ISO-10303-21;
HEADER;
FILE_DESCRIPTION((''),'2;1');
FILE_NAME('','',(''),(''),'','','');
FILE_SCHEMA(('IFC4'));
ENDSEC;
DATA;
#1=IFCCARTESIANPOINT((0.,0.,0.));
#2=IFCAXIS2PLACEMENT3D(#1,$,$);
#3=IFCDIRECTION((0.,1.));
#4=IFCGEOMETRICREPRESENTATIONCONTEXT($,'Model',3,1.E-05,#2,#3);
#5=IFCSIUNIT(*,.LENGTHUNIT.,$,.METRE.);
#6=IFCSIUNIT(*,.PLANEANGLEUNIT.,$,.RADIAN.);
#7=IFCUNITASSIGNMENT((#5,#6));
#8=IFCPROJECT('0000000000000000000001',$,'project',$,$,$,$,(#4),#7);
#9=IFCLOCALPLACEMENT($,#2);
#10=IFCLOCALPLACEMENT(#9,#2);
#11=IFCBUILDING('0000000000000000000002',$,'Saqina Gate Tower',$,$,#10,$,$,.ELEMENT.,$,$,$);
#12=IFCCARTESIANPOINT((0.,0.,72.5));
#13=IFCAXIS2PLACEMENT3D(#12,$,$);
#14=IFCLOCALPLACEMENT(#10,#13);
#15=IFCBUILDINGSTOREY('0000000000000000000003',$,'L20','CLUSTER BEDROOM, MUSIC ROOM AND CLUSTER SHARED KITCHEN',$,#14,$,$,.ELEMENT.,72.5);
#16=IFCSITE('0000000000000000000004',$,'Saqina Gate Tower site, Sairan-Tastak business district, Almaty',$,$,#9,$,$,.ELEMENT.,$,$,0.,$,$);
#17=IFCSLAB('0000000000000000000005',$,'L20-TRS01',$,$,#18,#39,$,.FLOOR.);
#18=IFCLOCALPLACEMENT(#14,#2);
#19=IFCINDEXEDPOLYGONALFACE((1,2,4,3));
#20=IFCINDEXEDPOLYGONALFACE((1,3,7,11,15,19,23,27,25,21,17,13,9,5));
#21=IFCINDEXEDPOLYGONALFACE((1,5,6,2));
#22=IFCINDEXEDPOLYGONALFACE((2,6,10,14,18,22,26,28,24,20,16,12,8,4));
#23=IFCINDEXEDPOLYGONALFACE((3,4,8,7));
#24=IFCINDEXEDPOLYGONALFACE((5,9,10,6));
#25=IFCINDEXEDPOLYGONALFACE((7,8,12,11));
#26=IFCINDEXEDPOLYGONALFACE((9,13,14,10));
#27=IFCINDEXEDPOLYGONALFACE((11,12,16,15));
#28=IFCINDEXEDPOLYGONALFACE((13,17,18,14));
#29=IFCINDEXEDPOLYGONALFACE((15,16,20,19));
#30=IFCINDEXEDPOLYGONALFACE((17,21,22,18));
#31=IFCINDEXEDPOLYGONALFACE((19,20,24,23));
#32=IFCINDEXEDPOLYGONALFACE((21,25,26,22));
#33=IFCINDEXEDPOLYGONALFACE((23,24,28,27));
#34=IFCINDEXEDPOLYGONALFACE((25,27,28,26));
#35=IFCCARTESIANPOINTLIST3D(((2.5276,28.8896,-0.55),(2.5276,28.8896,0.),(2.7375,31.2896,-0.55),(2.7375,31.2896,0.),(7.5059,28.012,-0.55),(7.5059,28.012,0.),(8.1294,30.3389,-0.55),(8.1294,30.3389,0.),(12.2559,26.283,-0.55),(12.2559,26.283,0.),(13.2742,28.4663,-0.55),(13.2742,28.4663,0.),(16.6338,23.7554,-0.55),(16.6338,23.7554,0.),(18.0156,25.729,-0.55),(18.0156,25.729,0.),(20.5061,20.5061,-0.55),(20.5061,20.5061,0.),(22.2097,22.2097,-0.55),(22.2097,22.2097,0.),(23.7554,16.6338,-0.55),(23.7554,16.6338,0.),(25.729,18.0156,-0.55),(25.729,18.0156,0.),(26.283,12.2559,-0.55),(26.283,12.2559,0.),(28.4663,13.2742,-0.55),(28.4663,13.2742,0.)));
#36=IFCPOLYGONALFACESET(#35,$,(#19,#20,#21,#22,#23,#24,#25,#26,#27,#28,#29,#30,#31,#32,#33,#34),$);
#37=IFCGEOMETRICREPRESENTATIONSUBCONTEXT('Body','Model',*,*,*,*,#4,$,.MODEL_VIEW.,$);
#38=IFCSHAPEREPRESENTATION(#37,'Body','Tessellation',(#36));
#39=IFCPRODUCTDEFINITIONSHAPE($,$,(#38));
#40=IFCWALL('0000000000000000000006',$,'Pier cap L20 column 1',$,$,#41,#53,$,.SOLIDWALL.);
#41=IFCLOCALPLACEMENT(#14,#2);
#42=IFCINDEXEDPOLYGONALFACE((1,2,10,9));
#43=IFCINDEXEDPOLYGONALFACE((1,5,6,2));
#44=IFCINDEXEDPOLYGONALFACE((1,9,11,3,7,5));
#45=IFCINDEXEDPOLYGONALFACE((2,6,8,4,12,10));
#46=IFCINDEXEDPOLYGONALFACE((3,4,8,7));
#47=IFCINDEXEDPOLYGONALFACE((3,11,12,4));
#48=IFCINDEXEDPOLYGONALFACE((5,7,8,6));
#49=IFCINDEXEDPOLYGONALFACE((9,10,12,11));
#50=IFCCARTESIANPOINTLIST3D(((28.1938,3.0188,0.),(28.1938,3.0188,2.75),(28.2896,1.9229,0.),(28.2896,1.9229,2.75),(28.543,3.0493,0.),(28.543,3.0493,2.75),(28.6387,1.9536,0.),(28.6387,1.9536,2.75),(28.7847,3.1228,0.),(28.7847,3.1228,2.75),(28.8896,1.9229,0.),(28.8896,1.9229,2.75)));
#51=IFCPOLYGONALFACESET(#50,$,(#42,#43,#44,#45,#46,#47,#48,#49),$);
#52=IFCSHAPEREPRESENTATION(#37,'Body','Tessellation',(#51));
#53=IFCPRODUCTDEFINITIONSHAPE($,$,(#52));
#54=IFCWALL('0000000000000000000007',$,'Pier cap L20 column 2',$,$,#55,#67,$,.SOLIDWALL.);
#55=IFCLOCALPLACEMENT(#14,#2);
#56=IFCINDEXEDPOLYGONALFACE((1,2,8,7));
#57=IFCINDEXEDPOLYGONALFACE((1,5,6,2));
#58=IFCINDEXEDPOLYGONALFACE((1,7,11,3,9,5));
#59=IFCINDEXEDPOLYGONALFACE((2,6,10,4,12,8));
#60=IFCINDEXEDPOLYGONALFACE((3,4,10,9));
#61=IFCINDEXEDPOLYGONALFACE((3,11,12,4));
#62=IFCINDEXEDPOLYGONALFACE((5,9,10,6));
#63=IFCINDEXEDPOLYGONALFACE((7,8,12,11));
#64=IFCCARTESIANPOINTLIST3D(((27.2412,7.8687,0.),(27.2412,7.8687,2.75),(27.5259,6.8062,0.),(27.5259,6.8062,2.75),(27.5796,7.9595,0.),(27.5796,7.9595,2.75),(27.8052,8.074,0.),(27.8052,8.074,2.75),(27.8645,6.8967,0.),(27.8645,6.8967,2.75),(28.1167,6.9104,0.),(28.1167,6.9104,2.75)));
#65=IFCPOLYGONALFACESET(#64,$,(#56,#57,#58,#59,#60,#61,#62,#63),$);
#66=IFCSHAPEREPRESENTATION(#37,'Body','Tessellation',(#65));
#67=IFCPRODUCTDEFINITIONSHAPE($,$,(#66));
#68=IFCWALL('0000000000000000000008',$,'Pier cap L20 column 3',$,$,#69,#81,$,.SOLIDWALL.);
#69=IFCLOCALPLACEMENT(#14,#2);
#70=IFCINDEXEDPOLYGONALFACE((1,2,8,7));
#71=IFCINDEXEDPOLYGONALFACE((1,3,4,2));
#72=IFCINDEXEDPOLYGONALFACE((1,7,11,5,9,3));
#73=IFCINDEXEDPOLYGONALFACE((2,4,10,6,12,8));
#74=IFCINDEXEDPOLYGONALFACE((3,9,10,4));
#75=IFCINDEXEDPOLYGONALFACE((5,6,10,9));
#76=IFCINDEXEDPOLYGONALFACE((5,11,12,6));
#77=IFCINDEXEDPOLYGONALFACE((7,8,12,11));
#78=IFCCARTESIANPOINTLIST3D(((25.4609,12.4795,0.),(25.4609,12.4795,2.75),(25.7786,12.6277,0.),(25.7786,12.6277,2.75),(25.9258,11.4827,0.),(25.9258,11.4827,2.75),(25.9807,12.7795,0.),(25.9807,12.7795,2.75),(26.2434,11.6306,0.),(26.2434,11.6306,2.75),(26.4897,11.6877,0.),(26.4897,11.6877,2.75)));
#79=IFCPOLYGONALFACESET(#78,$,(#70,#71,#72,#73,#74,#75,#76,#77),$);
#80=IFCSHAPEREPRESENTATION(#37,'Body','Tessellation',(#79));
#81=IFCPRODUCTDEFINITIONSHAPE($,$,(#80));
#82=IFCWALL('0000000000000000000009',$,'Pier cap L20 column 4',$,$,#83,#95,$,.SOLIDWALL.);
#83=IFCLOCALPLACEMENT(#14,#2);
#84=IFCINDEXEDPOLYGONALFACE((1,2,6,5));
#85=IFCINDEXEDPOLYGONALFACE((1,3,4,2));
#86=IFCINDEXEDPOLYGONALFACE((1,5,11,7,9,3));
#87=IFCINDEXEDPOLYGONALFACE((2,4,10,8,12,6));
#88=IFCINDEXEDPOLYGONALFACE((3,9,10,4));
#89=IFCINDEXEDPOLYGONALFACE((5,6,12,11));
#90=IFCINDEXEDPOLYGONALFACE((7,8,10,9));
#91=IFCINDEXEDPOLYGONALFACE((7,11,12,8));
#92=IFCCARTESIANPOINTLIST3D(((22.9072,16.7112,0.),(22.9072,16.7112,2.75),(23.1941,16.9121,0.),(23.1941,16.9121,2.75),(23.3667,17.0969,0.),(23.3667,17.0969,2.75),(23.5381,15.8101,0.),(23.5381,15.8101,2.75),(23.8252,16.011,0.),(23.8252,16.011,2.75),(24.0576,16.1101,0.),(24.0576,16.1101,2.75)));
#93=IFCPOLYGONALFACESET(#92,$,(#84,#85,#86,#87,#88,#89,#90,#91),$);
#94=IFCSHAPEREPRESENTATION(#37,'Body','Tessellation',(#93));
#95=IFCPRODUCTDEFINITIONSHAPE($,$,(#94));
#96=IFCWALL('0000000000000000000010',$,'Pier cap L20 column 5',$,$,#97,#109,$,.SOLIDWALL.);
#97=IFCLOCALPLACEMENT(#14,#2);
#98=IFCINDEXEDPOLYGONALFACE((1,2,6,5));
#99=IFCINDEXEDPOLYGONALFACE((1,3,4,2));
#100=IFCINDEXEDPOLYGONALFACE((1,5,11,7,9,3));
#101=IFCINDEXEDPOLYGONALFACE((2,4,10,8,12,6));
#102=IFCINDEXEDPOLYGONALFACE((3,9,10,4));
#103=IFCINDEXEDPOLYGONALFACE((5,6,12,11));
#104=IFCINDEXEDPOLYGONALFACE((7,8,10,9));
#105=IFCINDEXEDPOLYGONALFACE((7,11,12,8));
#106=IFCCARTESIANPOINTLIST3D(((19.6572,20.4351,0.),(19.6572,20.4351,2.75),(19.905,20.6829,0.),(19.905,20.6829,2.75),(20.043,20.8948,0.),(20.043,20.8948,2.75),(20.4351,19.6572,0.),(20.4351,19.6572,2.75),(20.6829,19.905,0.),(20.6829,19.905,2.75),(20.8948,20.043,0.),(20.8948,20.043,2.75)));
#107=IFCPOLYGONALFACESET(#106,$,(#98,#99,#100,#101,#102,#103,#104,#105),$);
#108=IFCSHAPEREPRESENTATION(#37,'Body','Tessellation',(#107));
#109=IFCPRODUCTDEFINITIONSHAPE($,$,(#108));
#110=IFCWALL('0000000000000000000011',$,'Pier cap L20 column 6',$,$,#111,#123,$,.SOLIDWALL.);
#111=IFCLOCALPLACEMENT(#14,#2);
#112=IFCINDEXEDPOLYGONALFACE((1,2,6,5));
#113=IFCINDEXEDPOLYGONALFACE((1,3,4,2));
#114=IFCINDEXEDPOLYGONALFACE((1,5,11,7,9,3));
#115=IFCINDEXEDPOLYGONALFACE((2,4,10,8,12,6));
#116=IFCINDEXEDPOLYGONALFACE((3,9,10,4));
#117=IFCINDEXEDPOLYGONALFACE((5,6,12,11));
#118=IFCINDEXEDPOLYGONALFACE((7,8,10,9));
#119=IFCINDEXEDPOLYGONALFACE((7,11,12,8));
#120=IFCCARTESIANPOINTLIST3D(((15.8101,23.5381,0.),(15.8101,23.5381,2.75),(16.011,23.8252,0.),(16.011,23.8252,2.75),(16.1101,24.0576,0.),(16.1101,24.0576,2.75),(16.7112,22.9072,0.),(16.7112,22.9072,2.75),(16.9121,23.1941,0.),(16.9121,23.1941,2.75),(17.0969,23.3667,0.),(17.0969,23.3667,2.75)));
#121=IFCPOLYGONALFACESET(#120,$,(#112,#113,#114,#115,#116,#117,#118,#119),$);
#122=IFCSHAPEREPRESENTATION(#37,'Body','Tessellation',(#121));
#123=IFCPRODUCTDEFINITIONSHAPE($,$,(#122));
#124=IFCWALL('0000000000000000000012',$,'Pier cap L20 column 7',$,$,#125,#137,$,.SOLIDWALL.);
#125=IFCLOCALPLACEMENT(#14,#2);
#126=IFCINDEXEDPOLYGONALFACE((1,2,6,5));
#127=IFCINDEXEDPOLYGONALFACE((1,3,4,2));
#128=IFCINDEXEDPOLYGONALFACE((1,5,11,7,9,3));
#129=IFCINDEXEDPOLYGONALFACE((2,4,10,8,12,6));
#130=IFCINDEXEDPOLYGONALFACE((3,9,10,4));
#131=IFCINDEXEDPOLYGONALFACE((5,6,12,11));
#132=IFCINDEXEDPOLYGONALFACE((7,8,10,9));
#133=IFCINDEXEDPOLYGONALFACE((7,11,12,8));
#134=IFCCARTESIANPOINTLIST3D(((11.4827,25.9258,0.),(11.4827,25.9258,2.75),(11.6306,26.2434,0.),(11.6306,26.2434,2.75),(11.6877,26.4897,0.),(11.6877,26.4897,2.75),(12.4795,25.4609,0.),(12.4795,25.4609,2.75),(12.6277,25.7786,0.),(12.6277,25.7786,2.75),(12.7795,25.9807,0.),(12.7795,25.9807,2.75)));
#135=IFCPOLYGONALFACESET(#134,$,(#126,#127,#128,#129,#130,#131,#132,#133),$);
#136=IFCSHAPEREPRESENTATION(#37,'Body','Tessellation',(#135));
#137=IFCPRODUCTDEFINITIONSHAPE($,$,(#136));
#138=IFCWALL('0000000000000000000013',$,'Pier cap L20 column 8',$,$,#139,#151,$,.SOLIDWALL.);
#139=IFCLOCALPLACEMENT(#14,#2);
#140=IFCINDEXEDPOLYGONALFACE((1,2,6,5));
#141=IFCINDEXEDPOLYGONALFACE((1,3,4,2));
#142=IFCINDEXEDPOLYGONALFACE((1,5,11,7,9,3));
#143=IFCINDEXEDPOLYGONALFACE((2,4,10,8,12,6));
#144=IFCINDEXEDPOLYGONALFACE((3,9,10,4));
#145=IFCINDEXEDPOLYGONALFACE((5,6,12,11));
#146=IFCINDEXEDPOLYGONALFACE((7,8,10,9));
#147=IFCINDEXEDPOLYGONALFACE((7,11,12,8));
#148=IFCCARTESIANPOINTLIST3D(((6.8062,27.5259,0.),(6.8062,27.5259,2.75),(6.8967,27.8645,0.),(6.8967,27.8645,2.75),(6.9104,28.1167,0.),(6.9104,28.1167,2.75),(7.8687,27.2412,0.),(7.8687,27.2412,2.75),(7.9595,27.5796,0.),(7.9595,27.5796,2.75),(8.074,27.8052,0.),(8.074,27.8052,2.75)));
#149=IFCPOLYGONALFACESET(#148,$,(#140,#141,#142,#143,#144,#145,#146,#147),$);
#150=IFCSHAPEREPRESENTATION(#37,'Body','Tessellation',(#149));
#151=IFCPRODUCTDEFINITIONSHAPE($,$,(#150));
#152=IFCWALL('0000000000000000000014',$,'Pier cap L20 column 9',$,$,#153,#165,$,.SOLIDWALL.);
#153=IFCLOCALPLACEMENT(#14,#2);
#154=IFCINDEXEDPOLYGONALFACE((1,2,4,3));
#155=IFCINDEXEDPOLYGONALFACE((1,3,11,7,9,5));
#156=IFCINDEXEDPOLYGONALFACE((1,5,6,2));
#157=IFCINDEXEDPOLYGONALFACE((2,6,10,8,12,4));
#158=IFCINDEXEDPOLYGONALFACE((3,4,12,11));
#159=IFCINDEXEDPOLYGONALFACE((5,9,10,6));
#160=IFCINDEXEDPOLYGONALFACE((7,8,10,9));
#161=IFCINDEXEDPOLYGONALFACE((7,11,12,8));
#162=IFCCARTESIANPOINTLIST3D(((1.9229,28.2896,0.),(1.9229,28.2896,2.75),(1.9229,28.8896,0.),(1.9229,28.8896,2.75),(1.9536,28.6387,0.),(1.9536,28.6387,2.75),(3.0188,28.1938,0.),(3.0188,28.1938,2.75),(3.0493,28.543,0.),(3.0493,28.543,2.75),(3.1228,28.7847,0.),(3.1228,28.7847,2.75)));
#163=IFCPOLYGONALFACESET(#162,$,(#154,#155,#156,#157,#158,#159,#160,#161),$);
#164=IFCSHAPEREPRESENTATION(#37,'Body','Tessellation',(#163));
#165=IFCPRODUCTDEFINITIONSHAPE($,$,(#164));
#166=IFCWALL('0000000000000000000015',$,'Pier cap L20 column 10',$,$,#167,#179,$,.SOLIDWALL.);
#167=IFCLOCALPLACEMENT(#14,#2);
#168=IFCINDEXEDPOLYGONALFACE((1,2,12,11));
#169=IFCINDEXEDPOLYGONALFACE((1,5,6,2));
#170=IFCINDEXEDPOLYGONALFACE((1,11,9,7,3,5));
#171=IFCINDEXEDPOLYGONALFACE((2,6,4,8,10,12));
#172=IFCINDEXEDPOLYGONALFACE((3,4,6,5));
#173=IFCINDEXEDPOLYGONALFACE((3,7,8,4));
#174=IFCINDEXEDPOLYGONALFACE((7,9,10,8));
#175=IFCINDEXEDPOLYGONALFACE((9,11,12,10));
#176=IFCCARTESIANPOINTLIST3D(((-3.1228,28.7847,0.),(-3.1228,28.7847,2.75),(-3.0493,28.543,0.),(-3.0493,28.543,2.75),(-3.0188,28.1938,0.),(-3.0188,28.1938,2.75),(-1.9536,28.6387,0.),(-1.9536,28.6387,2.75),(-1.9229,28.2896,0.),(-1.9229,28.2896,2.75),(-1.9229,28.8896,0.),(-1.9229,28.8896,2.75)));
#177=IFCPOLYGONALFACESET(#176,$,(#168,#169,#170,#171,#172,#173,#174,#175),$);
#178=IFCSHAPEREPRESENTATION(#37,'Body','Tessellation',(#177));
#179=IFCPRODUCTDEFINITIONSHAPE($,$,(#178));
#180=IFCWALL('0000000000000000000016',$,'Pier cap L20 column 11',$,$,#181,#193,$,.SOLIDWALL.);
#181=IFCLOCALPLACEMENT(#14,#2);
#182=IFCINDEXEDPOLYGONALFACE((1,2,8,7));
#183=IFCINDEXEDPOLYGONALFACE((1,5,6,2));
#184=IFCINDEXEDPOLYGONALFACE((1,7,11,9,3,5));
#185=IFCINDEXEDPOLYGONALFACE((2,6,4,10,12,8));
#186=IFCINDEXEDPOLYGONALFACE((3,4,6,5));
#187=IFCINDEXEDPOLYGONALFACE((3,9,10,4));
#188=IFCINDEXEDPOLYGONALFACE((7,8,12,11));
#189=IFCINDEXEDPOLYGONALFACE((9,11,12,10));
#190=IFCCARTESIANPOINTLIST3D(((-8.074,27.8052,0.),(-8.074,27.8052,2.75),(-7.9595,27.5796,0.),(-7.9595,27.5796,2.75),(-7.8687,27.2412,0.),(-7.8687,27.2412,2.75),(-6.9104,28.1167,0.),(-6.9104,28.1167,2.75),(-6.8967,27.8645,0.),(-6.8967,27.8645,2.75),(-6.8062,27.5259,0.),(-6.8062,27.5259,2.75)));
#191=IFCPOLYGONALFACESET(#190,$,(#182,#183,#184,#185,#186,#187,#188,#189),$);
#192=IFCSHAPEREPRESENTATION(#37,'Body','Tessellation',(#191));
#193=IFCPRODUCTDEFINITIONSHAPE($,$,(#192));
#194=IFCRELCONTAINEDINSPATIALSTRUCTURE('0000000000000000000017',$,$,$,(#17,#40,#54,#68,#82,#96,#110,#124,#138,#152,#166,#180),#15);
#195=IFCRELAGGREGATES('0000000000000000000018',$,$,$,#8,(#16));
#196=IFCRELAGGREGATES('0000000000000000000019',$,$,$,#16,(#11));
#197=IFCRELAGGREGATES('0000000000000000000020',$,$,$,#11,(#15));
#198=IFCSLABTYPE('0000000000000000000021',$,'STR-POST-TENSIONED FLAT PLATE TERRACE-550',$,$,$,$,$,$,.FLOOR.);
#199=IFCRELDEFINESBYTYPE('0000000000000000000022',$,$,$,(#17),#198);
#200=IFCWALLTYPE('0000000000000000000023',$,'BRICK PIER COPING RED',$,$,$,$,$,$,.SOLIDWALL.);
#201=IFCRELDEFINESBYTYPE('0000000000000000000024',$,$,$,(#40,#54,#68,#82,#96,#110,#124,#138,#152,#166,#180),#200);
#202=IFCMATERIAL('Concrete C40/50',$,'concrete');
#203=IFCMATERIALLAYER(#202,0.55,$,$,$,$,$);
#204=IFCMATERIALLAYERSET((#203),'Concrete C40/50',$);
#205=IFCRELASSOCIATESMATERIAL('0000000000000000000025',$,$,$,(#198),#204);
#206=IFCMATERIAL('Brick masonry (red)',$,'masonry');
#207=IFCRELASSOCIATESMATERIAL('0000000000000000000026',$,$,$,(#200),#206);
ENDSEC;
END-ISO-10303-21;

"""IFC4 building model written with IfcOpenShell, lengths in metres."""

from ifc_helpers import new_model, si_unit, direction, frame, origin, place, context, subcontext, project, spatial, polyline, outline, extrude, material, layer, layer_set, type_object, element, save


model = new_model("IFC4")

# Units and contexts
model_context = context("Model", 3, precision=1e-05, world=origin(), true_north=direction((0.0, 1.0)))
body_context = subcontext(model_context, "Body", "Model", "MODEL_VIEW")
ifc_project = project(units=[si_unit("LENGTHUNIT", "METRE"), si_unit("PLANEANGLEUNIT", "RADIAN")], contexts=[model_context])

# Site, building, storey
site_placement = place(None, origin())
site = spatial("IfcSite", under=ifc_project, at=site_placement, Name="Saqina Gate Tower site, Sairan-Tastak business district, Almaty", CompositionType="ELEMENT", RefElevation=0.0)
building_placement = place(site_placement, origin())
building = spatial("IfcBuilding", under=site, at=building_placement, Name="Saqina Gate Tower", CompositionType="ELEMENT")
storey_placement = place(building_placement, frame((0.0, 0.0, 72.5)))
storey = spatial("IfcBuildingStorey", under=building, at=storey_placement, Name="L20", Description="CLUSTER BEDROOM, MUSIC ROOM AND CLUSTER SHARED KITCHEN", CompositionType="ELEMENT", Elevation=72.5)

# Slab
ifc_material_1 = material(Name="Concrete C40/50", Category="concrete")
ifc_layer = layer(ifc_material_1, 0.55)
ifc_layer_set = layer_set([ifc_layer], Name="Concrete C40/50")
slab_type = type_object("IfcSlabType", Name="STR-POST-TENSIONED FLAT PLATE TERRACE-550", PredefinedType="FLOOR", material=ifc_layer_set)
slab_placement = place(storey_placement, frame((0.0, 0.0, -0.55)))
element("IfcSlab", 1, at=slab_placement, inside=storey, type_object=slab_type, Name="L20-TRS01", PredefinedType="FLOOR", context=body_context, shape_type="SweptSolid", body=[
    extrude(outline(polyline([(26.283, 12.2559), (23.7554, 16.6338), (20.5061, 20.5061), (16.6338, 23.7554), (12.2559, 26.283), (7.5059, 28.012), (2.5276, 28.8896), (2.7375, 31.2896), (8.1294, 30.3389), (13.2742, 28.4663), (18.0156, 25.729), (22.2097, 22.2097), (25.729, 18.0156), (28.4663, 13.2742), (26.283, 12.2559)])), origin(), (0.0, 0.0, 1.0), 0.55),
])

# Walls
ifc_material_2 = material(Name="Brick masonry (red)", Category="masonry")
wall_type = type_object("IfcWallType", Name="BRICK PIER COPING RED", PredefinedType="SOLIDWALL", material=ifc_material_2)
wall_1_placement = place(storey_placement, origin())
element("IfcWall", 2, at=wall_1_placement, inside=storey, type_object=wall_type, Name="Pier cap L20 column 1", PredefinedType="SOLIDWALL", context=body_context, shape_type="SweptSolid", body=[
    extrude(outline(polyline([(28.8896, 1.9229), (28.7847, 3.1228), (28.1938, 3.0188), (28.543, 3.0493), (28.6387, 1.9536), (28.2896, 1.9229), (28.8896, 1.9229)])), origin(), (0.0, 0.0, 1.0), 2.75),
])
wall_2_placement = place(storey_placement, origin())
element("IfcWall", 3, at=wall_2_placement, inside=storey, type_object=wall_type, Name="Pier cap L20 column 2", PredefinedType="SOLIDWALL", context=body_context, shape_type="SweptSolid", body=[
    extrude(outline(polyline([(28.1167, 6.9104), (27.8052, 8.074), (27.2412, 7.8687), (27.5796, 7.9595), (27.8645, 6.8967), (27.5259, 6.8062), (28.1167, 6.9104)])), origin(), (0.0, 0.0, 1.0), 2.75),
])
wall_3_placement = place(storey_placement, origin())
element("IfcWall", 4, at=wall_3_placement, inside=storey, type_object=wall_type, Name="Pier cap L20 column 3", PredefinedType="SOLIDWALL", context=body_context, shape_type="SweptSolid", body=[
    extrude(outline(polyline([(25.9807, 12.7795), (25.4609, 12.4795), (25.7786, 12.6277), (26.2434, 11.6306), (25.9258, 11.4827), (26.4897, 11.6877), (25.9807, 12.7795)])), origin(), (0.0, 0.0, 1.0), 2.75),
])
wall_4_placement = place(storey_placement, origin())
element("IfcWall", 5, at=wall_4_placement, inside=storey, type_object=wall_type, Name="Pier cap L20 column 4", PredefinedType="SOLIDWALL", context=body_context, shape_type="SweptSolid", body=[
    extrude(outline(polyline([(24.0576, 16.1101), (23.3667, 17.0969), (22.9072, 16.7112), (23.1941, 16.9121), (23.8252, 16.011), (23.5381, 15.8101), (24.0576, 16.1101)])), origin(), (0.0, 0.0, 1.0), 2.75),
])
wall_5_placement = place(storey_placement, origin())
element("IfcWall", 6, at=wall_5_placement, inside=storey, type_object=wall_type, Name="Pier cap L20 column 5", PredefinedType="SOLIDWALL", context=body_context, shape_type="SweptSolid", body=[
    extrude(outline(polyline([(20.043, 20.8948), (19.6572, 20.4351), (19.905, 20.6829), (20.6829, 19.905), (20.4351, 19.6572), (20.8948, 20.043), (20.043, 20.8948)])), origin(), (0.0, 0.0, 1.0), 2.75),
])
wall_6_placement = place(storey_placement, origin())
element("IfcWall", 7, at=wall_6_placement, inside=storey, type_object=wall_type, Name="Pier cap L20 column 6", PredefinedType="SOLIDWALL", context=body_context, shape_type="SweptSolid", body=[
    extrude(outline(polyline([(17.0969, 23.3667), (16.1101, 24.0576), (15.8101, 23.5381), (16.011, 23.8252), (16.9121, 23.1941), (16.7112, 22.9072), (17.0969, 23.3667)])), origin(), (0.0, 0.0, 1.0), 2.75),
])
wall_7_placement = place(storey_placement, origin())
element("IfcWall", 8, at=wall_7_placement, inside=storey, type_object=wall_type, Name="Pier cap L20 column 7", PredefinedType="SOLIDWALL", context=body_context, shape_type="SweptSolid", body=[
    extrude(outline(polyline([(11.6877, 26.4897), (11.4827, 25.9258), (11.6306, 26.2434), (12.6277, 25.7786), (12.4795, 25.4609), (12.7795, 25.9807), (11.6877, 26.4897)])), origin(), (0.0, 0.0, 1.0), 2.75),
])
wall_8_placement = place(storey_placement, origin())
element("IfcWall", 9, at=wall_8_placement, inside=storey, type_object=wall_type, Name="Pier cap L20 column 8", PredefinedType="SOLIDWALL", context=body_context, shape_type="SweptSolid", body=[
    extrude(outline(polyline([(6.9104, 28.1167), (6.8062, 27.5259), (6.8967, 27.8645), (7.9595, 27.5796), (7.8687, 27.2412), (8.074, 27.8052), (6.9104, 28.1167)])), origin(), (0.0, 0.0, 1.0), 2.75),
])
wall_9_placement = place(storey_placement, origin())
element("IfcWall", 10, at=wall_9_placement, inside=storey, type_object=wall_type, Name="Pier cap L20 column 9", PredefinedType="SOLIDWALL", context=body_context, shape_type="SweptSolid", body=[
    extrude(outline(polyline([(3.1228, 28.7847), (1.9229, 28.8896), (1.9229, 28.2896), (1.9536, 28.6387), (3.0493, 28.543), (3.0188, 28.1938), (3.1228, 28.7847)])), origin(), (0.0, 0.0, 1.0), 2.75),
])
wall_10_placement = place(storey_placement, origin())
element("IfcWall", 11, at=wall_10_placement, inside=storey, type_object=wall_type, Name="Pier cap L20 column 10", PredefinedType="SOLIDWALL", context=body_context, shape_type="SweptSolid", body=[
    extrude(outline(polyline([(-1.9229, 28.8896), (-3.1228, 28.7847), (-3.0188, 28.1938), (-3.0493, 28.543), (-1.9536, 28.6387), (-1.9229, 28.2896), (-1.9229, 28.8896)])), origin(), (0.0, 0.0, 1.0), 2.75),
])
wall_11_placement = place(storey_placement, origin())
element("IfcWall", 12, at=wall_11_placement, inside=storey, type_object=wall_type, Name="Pier cap L20 column 11", PredefinedType="SOLIDWALL", context=body_context, shape_type="SweptSolid", body=[
    extrude(outline(polyline([(-6.9104, 28.1167), (-8.074, 27.8052), (-7.8687, 27.2412), (-7.9595, 27.5796), (-6.8967, 27.8645), (-6.8062, 27.5259), (-6.9104, 28.1167)])), origin(), (0.0, 0.0, 1.0), 2.75),
])

save(model, "model.ifc")
